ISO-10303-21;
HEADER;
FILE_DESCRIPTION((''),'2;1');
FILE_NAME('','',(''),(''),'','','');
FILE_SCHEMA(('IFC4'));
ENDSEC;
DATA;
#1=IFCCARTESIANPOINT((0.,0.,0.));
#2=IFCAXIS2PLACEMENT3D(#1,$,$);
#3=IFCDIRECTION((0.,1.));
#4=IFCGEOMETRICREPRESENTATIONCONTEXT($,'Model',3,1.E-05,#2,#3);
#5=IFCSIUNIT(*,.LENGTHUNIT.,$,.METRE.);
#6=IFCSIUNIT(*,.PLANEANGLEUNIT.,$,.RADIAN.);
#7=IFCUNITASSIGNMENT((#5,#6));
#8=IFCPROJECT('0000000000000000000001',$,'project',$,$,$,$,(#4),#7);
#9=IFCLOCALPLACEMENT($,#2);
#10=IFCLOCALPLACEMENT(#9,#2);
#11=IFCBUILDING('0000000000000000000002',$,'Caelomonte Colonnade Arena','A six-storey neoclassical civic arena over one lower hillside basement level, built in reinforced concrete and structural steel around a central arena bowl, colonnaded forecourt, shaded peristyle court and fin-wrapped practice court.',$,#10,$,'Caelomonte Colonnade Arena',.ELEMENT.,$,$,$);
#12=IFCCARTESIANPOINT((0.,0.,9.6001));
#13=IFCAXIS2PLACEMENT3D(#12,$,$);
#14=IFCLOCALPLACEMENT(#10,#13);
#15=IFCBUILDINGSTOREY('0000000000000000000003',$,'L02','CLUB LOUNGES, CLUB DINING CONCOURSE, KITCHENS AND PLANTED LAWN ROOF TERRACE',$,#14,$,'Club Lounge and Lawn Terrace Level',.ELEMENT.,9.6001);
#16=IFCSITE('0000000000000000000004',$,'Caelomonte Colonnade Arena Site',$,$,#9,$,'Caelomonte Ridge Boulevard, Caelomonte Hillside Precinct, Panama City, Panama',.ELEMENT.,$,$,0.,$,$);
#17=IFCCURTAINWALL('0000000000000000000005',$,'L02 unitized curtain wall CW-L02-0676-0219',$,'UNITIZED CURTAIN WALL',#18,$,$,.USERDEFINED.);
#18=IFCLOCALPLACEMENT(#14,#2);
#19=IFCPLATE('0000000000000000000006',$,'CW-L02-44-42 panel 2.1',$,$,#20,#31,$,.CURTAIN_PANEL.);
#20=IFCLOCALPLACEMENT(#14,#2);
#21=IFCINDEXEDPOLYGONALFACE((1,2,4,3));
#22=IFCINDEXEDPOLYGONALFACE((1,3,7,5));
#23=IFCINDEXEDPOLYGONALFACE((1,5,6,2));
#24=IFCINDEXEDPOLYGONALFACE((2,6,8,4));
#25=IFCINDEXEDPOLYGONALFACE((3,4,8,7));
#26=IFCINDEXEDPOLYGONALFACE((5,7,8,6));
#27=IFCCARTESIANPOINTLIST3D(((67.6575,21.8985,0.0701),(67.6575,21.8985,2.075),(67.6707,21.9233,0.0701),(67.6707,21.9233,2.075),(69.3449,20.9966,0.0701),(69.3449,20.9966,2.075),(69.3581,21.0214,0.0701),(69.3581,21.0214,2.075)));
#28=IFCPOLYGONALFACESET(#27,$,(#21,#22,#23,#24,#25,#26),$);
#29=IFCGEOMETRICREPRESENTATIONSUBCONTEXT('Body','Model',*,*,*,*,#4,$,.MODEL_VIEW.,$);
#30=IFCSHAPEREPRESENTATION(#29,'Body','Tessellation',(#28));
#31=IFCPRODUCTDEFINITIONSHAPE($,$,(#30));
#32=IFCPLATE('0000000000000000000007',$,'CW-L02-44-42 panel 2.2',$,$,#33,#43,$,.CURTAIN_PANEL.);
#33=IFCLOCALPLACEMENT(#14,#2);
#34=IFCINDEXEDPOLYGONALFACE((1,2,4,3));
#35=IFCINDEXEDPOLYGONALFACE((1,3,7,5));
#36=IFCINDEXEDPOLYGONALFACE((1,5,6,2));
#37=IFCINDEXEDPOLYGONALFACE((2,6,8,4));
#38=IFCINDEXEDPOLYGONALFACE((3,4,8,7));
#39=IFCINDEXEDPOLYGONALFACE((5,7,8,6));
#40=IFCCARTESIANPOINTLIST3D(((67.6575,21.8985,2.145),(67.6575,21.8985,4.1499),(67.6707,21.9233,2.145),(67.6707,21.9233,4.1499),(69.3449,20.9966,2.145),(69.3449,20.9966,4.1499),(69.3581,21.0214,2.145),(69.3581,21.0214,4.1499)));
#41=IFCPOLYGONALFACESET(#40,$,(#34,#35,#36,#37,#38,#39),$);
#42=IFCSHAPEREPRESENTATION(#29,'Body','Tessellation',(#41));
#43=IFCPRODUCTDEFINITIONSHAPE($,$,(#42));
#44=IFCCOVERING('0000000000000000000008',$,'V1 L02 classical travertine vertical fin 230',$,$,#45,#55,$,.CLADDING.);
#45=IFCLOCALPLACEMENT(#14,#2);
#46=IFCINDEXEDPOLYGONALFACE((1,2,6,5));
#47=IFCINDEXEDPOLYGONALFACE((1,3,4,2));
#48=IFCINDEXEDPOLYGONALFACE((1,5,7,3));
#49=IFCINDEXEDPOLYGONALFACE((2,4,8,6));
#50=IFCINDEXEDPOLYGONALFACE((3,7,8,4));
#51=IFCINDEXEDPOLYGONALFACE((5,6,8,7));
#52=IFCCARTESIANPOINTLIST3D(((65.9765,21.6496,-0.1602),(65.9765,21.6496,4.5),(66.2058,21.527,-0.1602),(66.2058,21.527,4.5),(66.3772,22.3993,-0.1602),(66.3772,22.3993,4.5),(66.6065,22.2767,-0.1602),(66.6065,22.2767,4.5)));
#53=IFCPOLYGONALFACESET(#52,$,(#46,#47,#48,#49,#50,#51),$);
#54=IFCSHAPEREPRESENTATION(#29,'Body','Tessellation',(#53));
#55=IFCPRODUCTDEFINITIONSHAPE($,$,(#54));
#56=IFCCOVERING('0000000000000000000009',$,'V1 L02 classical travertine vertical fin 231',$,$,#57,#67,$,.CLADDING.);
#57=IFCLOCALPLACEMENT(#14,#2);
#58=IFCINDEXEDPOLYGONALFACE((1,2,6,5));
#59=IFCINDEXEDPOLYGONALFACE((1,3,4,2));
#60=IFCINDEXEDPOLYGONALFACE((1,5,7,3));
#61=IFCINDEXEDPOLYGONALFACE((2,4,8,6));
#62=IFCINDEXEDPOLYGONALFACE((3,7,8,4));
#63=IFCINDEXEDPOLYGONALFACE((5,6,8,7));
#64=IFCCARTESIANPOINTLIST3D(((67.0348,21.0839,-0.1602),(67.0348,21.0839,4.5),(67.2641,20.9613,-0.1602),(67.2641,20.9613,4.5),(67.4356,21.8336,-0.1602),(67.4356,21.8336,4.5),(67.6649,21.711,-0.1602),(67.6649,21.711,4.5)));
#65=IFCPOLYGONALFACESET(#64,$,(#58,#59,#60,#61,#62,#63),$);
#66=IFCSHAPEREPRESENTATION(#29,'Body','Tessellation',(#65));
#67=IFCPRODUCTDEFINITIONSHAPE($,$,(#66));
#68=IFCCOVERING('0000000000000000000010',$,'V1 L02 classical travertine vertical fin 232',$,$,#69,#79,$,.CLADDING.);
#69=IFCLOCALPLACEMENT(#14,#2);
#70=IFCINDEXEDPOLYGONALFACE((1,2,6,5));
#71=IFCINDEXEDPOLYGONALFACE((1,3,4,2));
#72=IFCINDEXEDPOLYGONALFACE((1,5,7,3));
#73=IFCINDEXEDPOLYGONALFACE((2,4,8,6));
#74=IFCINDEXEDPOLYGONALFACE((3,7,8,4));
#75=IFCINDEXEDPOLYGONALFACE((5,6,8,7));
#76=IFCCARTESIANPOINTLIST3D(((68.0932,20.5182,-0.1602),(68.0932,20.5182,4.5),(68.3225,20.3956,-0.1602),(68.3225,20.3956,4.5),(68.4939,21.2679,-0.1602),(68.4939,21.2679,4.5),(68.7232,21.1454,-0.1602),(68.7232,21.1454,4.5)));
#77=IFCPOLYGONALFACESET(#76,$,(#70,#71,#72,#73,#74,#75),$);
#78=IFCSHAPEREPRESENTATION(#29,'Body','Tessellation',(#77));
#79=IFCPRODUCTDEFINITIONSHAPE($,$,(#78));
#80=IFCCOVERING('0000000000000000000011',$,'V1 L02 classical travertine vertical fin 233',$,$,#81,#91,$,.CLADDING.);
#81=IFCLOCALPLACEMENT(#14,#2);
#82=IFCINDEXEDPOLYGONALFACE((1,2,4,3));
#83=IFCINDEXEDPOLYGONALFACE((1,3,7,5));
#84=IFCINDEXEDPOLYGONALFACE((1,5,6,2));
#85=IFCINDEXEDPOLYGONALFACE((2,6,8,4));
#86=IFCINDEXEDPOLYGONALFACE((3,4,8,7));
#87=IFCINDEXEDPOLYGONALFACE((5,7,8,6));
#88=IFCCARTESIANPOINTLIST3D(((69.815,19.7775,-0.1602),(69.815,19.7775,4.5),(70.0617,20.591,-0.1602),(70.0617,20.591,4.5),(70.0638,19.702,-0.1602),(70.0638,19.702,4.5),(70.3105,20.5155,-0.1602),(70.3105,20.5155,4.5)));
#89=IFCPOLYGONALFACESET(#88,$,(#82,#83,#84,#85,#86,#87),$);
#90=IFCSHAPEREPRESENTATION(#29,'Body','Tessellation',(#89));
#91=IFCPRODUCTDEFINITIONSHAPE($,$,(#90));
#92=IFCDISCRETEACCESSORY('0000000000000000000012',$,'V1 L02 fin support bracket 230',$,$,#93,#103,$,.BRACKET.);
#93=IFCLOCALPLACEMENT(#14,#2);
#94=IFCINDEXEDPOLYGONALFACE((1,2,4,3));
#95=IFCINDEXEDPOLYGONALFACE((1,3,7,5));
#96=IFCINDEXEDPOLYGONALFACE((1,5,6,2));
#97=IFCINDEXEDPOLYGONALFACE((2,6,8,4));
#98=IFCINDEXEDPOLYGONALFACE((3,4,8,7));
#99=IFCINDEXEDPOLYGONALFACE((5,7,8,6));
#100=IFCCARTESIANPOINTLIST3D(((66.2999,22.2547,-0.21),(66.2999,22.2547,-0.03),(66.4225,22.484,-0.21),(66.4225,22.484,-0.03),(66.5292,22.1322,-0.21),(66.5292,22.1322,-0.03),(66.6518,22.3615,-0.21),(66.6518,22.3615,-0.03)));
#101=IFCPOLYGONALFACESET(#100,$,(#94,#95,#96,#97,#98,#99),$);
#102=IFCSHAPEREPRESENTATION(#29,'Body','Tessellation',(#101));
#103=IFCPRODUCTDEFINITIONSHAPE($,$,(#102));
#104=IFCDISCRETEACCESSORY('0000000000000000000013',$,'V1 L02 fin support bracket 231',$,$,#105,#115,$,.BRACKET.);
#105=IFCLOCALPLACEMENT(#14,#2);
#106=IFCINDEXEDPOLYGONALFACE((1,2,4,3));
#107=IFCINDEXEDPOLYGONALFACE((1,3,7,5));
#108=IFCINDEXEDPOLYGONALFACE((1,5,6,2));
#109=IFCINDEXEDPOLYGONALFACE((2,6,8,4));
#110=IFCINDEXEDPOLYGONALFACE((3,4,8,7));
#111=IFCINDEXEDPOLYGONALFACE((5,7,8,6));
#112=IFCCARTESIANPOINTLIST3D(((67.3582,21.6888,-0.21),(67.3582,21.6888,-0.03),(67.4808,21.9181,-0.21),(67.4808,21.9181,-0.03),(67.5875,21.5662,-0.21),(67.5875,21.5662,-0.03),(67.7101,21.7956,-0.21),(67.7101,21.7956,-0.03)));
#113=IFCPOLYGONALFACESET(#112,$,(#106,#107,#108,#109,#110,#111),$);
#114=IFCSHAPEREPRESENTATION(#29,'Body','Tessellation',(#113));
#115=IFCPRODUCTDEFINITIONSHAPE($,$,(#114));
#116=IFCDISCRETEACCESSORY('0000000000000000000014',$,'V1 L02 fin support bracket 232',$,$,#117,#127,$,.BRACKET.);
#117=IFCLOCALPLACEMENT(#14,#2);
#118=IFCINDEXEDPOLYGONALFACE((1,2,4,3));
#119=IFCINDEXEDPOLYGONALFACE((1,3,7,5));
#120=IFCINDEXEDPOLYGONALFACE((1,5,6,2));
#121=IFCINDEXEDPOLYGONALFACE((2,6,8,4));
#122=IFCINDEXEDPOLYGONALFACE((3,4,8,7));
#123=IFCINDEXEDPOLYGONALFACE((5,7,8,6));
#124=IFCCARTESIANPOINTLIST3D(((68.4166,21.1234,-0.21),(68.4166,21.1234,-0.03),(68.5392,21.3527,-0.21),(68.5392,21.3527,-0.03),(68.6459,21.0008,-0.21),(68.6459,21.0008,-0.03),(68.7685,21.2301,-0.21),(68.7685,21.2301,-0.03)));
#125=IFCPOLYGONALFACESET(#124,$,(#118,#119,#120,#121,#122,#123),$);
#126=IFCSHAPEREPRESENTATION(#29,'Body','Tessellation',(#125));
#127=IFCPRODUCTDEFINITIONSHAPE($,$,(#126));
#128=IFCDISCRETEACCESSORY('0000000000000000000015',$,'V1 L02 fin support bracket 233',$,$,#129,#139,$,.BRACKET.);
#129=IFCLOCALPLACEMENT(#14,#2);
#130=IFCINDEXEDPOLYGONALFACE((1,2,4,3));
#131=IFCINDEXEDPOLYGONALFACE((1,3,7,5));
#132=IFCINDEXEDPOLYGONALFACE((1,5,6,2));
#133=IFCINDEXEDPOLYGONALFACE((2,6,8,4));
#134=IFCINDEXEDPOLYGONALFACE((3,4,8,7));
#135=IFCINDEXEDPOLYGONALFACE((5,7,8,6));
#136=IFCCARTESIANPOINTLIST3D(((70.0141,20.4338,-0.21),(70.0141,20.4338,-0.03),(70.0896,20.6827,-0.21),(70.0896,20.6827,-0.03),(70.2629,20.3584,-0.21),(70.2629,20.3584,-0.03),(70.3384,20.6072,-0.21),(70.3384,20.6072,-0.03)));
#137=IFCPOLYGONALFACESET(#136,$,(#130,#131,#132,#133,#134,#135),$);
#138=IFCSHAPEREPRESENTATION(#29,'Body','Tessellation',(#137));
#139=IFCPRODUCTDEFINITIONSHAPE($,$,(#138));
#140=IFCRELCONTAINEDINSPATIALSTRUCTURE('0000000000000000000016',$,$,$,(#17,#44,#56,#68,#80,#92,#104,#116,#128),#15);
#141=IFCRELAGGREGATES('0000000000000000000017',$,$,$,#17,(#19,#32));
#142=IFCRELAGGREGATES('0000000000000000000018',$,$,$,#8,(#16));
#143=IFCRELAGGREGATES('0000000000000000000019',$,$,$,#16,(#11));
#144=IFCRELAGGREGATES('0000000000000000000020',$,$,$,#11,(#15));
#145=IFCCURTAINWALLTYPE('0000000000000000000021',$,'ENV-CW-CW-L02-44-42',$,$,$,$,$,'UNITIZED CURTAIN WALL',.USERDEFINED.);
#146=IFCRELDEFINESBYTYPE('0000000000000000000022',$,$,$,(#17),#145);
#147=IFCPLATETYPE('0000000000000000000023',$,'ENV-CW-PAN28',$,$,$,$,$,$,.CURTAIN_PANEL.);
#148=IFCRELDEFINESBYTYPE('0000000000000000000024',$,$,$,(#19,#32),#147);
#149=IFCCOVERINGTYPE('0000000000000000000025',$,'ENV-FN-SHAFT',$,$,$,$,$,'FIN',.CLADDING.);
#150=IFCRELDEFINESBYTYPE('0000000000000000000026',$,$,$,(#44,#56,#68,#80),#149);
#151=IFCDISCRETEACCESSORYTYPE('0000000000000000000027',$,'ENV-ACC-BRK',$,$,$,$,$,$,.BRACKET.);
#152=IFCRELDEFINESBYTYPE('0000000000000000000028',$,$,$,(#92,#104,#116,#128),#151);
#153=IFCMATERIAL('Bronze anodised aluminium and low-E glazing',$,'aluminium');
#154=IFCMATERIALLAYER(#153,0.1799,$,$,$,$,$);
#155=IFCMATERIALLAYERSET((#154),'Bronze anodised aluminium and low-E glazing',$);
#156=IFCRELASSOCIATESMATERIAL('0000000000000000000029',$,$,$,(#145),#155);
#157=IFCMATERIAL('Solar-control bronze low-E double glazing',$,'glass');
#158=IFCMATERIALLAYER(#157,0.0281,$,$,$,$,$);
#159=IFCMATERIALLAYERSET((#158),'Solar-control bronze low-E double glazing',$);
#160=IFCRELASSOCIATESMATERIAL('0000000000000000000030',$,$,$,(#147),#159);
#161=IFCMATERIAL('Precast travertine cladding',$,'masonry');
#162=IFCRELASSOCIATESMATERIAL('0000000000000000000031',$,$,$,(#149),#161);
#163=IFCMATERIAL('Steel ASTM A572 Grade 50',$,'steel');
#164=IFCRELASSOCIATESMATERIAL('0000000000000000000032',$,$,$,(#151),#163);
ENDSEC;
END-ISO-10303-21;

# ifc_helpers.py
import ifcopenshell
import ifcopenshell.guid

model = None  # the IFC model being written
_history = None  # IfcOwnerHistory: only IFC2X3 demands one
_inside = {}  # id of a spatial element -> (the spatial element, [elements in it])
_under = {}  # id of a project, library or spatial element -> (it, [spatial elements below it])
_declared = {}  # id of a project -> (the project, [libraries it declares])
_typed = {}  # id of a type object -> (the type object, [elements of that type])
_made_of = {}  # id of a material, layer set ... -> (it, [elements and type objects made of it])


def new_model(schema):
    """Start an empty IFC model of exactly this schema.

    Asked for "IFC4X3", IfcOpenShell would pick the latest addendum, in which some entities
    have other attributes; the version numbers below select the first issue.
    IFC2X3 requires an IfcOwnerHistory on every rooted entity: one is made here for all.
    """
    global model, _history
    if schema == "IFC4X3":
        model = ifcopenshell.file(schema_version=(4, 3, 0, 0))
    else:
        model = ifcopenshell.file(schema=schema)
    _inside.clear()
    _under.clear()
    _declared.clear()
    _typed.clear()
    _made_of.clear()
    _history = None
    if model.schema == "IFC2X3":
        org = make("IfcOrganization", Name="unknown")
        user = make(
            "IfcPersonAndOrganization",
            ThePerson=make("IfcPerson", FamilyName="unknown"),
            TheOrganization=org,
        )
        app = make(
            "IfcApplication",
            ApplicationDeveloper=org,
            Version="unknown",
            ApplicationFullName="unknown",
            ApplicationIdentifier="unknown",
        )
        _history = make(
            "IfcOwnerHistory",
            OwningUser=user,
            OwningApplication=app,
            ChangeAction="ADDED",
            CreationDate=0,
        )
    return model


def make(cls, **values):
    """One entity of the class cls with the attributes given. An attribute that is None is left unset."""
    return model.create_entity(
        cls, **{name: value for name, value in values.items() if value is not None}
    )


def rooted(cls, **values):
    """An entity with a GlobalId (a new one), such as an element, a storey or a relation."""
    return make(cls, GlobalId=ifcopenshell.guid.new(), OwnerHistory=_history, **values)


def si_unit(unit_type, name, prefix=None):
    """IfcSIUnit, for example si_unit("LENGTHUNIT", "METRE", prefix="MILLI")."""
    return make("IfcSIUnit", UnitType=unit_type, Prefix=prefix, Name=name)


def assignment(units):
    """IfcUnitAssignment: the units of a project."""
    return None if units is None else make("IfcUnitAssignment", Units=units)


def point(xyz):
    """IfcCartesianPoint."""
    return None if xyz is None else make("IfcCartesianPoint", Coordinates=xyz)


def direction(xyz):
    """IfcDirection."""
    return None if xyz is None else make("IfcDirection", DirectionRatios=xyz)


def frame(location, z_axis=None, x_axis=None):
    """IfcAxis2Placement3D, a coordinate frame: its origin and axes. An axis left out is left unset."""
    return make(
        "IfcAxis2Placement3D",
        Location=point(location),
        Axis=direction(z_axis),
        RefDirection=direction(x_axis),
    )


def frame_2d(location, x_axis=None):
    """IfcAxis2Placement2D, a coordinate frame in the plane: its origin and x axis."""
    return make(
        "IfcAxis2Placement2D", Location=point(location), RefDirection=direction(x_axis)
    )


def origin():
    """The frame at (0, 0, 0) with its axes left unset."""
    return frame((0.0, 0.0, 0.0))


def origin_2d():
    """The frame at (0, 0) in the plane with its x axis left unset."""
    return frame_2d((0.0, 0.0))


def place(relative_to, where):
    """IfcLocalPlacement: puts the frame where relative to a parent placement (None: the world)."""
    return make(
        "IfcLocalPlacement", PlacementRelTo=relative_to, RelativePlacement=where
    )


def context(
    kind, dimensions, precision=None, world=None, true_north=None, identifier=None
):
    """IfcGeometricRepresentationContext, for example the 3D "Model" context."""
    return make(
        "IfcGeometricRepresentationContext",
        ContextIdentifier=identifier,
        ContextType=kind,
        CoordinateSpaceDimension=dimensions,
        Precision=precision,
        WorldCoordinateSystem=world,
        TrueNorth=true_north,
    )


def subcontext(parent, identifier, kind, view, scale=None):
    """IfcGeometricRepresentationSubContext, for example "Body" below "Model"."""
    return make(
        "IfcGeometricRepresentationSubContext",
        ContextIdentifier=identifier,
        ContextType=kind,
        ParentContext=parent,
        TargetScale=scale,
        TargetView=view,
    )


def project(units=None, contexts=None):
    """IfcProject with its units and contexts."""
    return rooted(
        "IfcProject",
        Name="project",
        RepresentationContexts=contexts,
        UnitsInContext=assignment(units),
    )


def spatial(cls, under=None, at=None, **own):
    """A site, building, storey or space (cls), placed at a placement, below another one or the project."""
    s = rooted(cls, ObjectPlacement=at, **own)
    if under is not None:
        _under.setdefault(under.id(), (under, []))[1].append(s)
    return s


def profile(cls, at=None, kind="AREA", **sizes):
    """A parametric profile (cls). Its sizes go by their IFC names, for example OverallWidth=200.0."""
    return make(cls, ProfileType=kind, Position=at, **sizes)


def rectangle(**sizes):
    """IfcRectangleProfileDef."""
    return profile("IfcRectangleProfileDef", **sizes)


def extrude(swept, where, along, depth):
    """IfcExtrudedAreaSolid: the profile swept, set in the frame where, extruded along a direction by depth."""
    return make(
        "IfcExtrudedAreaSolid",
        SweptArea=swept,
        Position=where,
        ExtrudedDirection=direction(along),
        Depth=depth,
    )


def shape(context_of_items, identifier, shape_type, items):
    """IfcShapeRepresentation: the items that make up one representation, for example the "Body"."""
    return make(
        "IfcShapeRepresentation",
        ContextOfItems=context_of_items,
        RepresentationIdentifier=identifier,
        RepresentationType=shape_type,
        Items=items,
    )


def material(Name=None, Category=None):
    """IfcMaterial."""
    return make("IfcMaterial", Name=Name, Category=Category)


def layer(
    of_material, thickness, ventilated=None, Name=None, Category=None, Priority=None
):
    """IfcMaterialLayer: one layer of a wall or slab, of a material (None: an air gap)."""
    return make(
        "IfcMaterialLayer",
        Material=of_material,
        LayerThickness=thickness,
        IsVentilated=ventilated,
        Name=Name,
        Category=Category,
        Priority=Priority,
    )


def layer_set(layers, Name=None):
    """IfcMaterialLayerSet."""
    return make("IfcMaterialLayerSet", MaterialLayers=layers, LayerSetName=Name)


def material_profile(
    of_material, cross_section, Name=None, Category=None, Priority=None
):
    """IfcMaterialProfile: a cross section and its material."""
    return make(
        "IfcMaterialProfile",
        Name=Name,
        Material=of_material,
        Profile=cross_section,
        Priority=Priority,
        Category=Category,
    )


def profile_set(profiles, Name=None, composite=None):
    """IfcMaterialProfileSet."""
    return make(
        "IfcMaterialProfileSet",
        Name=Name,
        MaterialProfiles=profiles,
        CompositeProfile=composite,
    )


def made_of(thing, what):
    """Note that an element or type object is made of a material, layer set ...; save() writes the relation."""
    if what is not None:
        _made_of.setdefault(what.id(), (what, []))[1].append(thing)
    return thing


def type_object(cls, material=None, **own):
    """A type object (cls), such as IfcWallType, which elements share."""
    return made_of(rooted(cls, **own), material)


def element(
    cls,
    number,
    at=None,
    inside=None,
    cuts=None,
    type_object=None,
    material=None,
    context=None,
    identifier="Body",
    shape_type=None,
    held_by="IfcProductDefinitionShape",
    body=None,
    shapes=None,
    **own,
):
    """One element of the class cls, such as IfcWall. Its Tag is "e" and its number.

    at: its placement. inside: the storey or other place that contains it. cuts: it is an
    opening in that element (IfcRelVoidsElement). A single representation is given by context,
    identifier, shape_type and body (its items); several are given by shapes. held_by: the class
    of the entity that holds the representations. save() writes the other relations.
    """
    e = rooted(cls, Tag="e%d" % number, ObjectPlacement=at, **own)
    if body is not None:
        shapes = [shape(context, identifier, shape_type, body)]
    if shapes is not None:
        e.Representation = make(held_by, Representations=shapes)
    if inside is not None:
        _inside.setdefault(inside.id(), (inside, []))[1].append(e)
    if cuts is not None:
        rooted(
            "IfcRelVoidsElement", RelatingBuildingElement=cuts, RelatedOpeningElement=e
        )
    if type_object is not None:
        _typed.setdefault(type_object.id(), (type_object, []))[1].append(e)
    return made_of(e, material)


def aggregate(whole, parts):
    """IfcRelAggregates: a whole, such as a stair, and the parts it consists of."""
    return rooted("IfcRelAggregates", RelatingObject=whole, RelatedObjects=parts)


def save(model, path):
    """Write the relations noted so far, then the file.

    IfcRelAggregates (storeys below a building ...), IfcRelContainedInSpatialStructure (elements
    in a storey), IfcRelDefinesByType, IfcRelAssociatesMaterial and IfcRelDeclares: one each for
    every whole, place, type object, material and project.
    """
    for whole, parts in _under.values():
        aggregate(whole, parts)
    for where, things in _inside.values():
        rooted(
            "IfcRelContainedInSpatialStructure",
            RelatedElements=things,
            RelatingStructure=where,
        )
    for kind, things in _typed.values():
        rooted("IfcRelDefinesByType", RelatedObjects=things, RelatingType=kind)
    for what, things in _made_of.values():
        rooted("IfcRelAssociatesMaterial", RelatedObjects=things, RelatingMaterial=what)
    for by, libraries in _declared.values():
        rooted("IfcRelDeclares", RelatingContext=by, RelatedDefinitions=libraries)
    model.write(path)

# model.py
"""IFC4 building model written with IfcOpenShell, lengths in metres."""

from ifc_helpers import new_model, si_unit, direction, frame, origin, origin_2d, place, context, subcontext, project, spatial, rectangle, extrude, material, layer, layer_set, material_profile, profile_set, type_object, element, aggregate, save


model = new_model("IFC4")

# Units and contexts
model_context = context("Model", 3, precision=1e-05, world=origin(), true_north=direction((0.0, 1.0)))
body_context = subcontext(model_context, "Body", "Model", "MODEL_VIEW")
ifc_project = project(units=[si_unit("LENGTHUNIT", "METRE"), si_unit("PLANEANGLEUNIT", "RADIAN")], contexts=[model_context])

# Site, building, storey
site_placement = place(None, origin())
site = spatial("IfcSite", under=ifc_project, at=site_placement, Name="Caelomonte Colonnade Arena Site", LongName="Caelomonte Ridge Boulevard, Caelomonte Hillside Precinct, Panama City, Panama", CompositionType="ELEMENT", RefElevation=0.0)
building_placement = place(site_placement, origin())
building = spatial("IfcBuilding", under=site, at=building_placement, Name="Caelomonte Colonnade Arena", Description="A six-storey neoclassical civic arena over one lower hillside basement level, built in reinforced concrete and structural steel around a central arena bowl, colonnaded forecourt, shaded peristyle court and fin-wrapped practice court.", LongName="Caelomonte Colonnade Arena", CompositionType="ELEMENT")
storey_placement = place(building_placement, frame((0.0, 0.0, 9.6001)))
storey = spatial("IfcBuildingStorey", under=building, at=storey_placement, Name="L02", Description="CLUB LOUNGES, CLUB DINING CONCOURSE, KITCHENS AND PLANTED LAWN ROOF TERRACE", LongName="Club Lounge and Lawn Terrace Level", CompositionType="ELEMENT", Elevation=9.6001)

# Curtain wall
ifc_material_1 = material(Name="Bronze anodised aluminium and low-E glazing", Category="aluminium")
ifc_layer_1 = layer(ifc_material_1, 0.1799)
ifc_layer_set_1 = layer_set([ifc_layer_1], Name="Bronze anodised aluminium and low-E glazing")
curtain_wall_type = type_object("IfcCurtainWallType", Name="ENV-CW-CW-L02-44-42", ElementType="UNITIZED CURTAIN WALL", PredefinedType="USERDEFINED", material=ifc_layer_set_1)
curtain_wall_1_placement = place(storey_placement, origin())
curtain_wall_1 = element("IfcCurtainWall", 1, at=curtain_wall_1_placement, inside=storey, type_object=curtain_wall_type, Name="L02 unitized curtain wall CW-L02-0676-0219", ObjectType="UNITIZED CURTAIN WALL", PredefinedType="USERDEFINED")

# Plates
ifc_material_2 = material(Name="Solar-control bronze low-E double glazing", Category="glass")
ifc_layer_2 = layer(ifc_material_2, 0.0281)
ifc_layer_set_2 = layer_set([ifc_layer_2], Name="Solar-control bronze low-E double glazing")
plate_type = type_object("IfcPlateType", Name="ENV-CW-PAN28", PredefinedType="CURTAIN_PANEL", material=ifc_layer_set_2)
plate_1_placement = place(storey_placement, frame((68.5078, 21.46, 0.0701), z_axis=(0.0, 0.0, 1.0), x_axis=(0.881923, -0.471394, 0.0)))
plate_1 = element("IfcPlate", 2, at=plate_1_placement, type_object=plate_type, Name="CW-L02-44-42 panel 2.1", PredefinedType="CURTAIN_PANEL", context=body_context, shape_type="SweptSolid", body=[
    extrude(rectangle(XDim=1.9133, YDim=0.0281, at=origin_2d()), origin(), (0.0, 0.0, 1.0), 2.0049),
])
plate_2_placement = place(storey_placement, frame((68.5078, 21.46, 2.145), z_axis=(0.0, 0.0, 1.0), x_axis=(0.881923, -0.471394, 0.0)))
plate_2 = element("IfcPlate", 3, at=plate_2_placement, type_object=plate_type, Name="CW-L02-44-42 panel 2.2", PredefinedType="CURTAIN_PANEL", context=body_context, shape_type="SweptSolid", body=[
    extrude(rectangle(XDim=1.9133, YDim=0.0281, at=origin_2d()), origin(), (0.0, 0.0, 1.0), 2.0049),
])
aggregate(curtain_wall_1, [plate_1, plate_2])

# Coverings
ifc_material_3 = material(Name="Precast travertine cladding", Category="masonry")
ifc_material_profile_1 = material_profile(ifc_material_3, rectangle(XDim=0.26, YDim=0.8501, at=origin_2d()), Name="FIN260X850")
ifc_profile_set_1 = profile_set([ifc_material_profile_1], Name="Precast travertine cladding")
covering_type = type_object("IfcCoveringType", Name="ENV-FN-SHAFT", ElementType="FIN", PredefinedType="CLADDING", material=ifc_profile_set_1)
for number, where, z_axis, x_axis, name in (
    (4, (66.2915, 21.9631, -0.1602), (0.0, 0.0, 1.0), (-0.881921, 0.471397, 0.0), "V1 L02 classical travertine vertical fin 230"),
    (5, (67.3499, 21.3975, -0.1602), (0.0, 0.0, 1.0), (-0.881921, 0.471397, 0.0), "V1 L02 classical travertine vertical fin 231"),
    (6, (68.4082, 20.8318, -0.1602), (0.0, 0.0, 1.0), (-0.881921, 0.471397, 0.0), "V1 L02 classical travertine vertical fin 232"),
    (7, (70.0627, 20.1465, -0.1602), (0.0, 0.0, 1.0), (-0.956943, 0.290276, 0.0), "V1 L02 classical travertine vertical fin 233"),
):
    element("IfcCovering", number, at=place(storey_placement, frame(where, z_axis=z_axis, x_axis=x_axis)), inside=storey, type_object=covering_type, Name=name, PredefinedType="CLADDING", context=body_context, shape_type="SweptSolid", body=[
        extrude(rectangle(XDim=0.26, YDim=0.8501, at=origin_2d()), origin(), (0.0, 0.0, 1.0), 4.6602),
    ])

# Discrete accessories
ifc_material_4 = material(Name="Steel ASTM A572 Grade 50", Category="steel")
discrete_accessory_type = type_object("IfcDiscreteAccessoryType", Name="ENV-ACC-BRK", PredefinedType="BRACKET", material=ifc_material_4)
for number, where, z_axis, x_axis, name in (
    (8, (66.4758, 22.3081, -0.21), (0.0, 0.0, 1.0), (0.881921, -0.471397, 0.0), "V1 L02 fin support bracket 230"),
    (9, (67.5342, 21.7422, -0.21), (0.0, 0.0, 1.0), (0.881921, -0.471397, 0.0), "V1 L02 fin support bracket 231"),
    (10, (68.5925, 21.1768, -0.21), (0.0, 0.0, 1.0), (0.881921, -0.471397, 0.0), "V1 L02 fin support bracket 232"),
    (11, (70.1763, 20.5205, -0.21), (0.0, 0.0, 1.0), (0.956943, -0.290276, 0.0), "V1 L02 fin support bracket 233"),
):
    element("IfcDiscreteAccessory", number, at=place(storey_placement, frame(where, z_axis=z_axis, x_axis=x_axis)), inside=storey, type_object=discrete_accessory_type, Name=name, PredefinedType="BRACKET", context=body_context, shape_type="SweptSolid", body=[
        extrude(rectangle(XDim=0.26, YDim=0.26, at=origin_2d()), origin(), (0.0, 0.0, 1.0), 0.1799),
    ])

save(model, "model.ifc")
